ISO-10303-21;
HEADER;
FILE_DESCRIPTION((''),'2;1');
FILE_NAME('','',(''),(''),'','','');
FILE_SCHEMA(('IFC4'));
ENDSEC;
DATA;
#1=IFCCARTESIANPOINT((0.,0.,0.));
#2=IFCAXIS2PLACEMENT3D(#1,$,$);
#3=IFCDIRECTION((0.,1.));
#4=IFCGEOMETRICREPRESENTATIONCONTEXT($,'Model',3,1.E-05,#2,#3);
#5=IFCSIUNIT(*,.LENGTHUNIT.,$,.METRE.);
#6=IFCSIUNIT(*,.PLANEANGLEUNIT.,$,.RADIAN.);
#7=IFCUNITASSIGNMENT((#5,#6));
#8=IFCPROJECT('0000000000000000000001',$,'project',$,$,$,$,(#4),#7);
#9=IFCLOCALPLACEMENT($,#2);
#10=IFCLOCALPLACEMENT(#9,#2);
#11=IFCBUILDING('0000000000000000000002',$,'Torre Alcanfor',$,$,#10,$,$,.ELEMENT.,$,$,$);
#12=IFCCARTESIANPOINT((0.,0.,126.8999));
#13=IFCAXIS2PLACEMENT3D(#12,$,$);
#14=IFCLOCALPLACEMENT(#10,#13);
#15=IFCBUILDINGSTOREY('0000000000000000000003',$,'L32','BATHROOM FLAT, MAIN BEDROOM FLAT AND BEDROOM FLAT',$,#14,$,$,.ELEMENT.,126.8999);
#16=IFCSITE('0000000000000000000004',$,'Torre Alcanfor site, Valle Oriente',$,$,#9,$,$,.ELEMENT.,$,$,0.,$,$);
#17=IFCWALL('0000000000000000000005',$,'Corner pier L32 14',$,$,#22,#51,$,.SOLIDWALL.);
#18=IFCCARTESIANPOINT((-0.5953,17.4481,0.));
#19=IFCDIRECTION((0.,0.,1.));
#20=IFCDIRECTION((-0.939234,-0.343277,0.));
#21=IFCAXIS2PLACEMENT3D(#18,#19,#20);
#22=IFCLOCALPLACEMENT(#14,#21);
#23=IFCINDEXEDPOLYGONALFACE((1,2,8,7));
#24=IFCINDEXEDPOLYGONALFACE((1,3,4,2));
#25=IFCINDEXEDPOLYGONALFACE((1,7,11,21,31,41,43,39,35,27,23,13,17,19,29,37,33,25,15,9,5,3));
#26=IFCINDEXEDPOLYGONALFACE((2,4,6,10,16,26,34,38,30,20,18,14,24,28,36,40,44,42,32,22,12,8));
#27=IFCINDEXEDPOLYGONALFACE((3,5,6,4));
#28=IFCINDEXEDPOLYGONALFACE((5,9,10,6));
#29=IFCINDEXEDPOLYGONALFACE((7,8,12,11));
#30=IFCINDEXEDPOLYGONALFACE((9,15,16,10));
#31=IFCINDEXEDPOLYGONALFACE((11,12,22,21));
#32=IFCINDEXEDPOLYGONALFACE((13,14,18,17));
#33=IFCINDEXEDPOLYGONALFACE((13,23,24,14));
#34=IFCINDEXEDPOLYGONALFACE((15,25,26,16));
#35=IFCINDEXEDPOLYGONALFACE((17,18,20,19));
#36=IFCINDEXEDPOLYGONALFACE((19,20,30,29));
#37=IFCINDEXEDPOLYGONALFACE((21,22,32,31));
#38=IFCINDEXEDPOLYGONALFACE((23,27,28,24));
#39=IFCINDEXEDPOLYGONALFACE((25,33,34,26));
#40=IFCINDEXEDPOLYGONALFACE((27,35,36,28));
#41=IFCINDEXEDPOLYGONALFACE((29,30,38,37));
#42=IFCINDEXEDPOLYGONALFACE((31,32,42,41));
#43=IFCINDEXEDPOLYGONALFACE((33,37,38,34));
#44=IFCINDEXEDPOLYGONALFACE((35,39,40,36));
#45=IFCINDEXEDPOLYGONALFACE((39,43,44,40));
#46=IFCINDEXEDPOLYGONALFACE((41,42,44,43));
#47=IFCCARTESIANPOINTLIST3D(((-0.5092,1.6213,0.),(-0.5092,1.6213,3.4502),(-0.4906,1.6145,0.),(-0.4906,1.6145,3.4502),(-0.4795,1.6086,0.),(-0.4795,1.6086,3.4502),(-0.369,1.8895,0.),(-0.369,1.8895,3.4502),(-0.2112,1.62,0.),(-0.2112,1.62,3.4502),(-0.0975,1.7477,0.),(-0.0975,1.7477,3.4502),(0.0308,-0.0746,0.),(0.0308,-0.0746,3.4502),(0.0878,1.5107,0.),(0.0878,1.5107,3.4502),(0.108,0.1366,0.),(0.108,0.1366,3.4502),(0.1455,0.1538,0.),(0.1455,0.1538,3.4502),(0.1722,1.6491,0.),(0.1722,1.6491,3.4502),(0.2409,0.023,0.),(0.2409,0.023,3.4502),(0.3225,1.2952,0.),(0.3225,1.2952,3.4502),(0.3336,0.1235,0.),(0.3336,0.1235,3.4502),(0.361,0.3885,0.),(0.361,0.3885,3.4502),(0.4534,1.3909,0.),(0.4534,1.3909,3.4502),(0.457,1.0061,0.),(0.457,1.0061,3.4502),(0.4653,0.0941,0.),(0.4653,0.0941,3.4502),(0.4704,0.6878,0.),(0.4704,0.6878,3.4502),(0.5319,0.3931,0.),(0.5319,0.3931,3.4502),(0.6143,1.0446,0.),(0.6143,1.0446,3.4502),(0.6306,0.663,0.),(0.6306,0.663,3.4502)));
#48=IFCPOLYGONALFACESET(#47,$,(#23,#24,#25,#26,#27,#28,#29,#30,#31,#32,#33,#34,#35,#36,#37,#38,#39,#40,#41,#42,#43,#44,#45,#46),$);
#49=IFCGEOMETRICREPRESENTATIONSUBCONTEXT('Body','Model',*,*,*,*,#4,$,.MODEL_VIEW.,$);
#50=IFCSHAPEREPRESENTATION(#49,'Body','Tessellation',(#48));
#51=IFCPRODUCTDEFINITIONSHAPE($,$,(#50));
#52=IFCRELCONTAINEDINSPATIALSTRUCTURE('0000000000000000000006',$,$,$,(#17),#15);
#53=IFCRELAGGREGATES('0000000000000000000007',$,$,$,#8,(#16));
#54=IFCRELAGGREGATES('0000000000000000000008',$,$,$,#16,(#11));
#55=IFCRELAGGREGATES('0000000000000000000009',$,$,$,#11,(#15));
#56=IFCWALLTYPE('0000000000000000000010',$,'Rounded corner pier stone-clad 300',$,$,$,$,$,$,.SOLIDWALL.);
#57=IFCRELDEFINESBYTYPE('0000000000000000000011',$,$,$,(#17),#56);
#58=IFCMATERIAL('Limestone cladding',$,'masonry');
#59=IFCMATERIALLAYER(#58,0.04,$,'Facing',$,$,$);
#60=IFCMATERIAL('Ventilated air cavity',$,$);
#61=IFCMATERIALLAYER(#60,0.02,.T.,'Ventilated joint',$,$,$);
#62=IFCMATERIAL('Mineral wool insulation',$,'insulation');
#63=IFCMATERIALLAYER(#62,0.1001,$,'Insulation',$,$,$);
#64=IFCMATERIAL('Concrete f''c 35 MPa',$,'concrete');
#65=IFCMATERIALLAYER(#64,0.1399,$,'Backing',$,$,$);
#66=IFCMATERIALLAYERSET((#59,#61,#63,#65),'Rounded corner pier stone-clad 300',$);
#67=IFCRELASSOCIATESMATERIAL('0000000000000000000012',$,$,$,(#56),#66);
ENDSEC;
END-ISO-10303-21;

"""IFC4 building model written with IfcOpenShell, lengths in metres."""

from ifc_helpers import new_model, si_unit, direction, frame, origin, place, context, subcontext, project, spatial, polyline, outline, extrude, material, layer, layer_set, type_object, element, save


model = new_model("IFC4")

# Units and contexts
model_context = context("Model", 3, precision=1e-05, world=origin(), true_north=direction((0.0, 1.0)))
body_context = subcontext(model_context, "Body", "Model", "MODEL_VIEW")
ifc_project = project(units=[si_unit("LENGTHUNIT", "METRE"), si_unit("PLANEANGLEUNIT", "RADIAN")], contexts=[model_context])

# Site, building, storey
site_placement = place(None, origin())
site = spatial("IfcSite", under=ifc_project, at=site_placement, Name="Torre Alcanfor site, Valle Oriente", CompositionType="ELEMENT", RefElevation=0.0)
building_placement = place(site_placement, origin())
building = spatial("IfcBuilding", under=site, at=building_placement, Name="Torre Alcanfor", CompositionType="ELEMENT")
storey_placement = place(building_placement, frame((0.0, 0.0, 126.8999)))
storey = spatial("IfcBuildingStorey", under=building, at=storey_placement, Name="L32", Description="BATHROOM FLAT, MAIN BEDROOM FLAT AND BEDROOM FLAT", CompositionType="ELEMENT", Elevation=126.8999)

# Shared definitions
ifc_material_1 = material(Name="Limestone cladding", Category="masonry")
ifc_material_2 = material(Name="Ventilated air cavity")
ifc_material_3 = material(Name="Mineral wool insulation", Category="insulation")
ifc_material_4 = material(Name="Concrete f'c 35 MPa", Category="concrete")

# Wall
ifc_layer_1 = layer(ifc_material_1, 0.04, Name="Facing")
ifc_layer_2 = layer(ifc_material_2, 0.02, ventilated=True, Name="Ventilated joint")
ifc_layer_3 = layer(ifc_material_3, 0.1001, Name="Insulation")
ifc_layer_4 = layer(ifc_material_4, 0.1399, Name="Backing")
ifc_layer_set_1 = layer_set([ifc_layer_1, ifc_layer_2, ifc_layer_3, ifc_layer_4], Name="Rounded corner pier stone-clad 300")
wall_type_1 = type_object("IfcWallType", Name="Rounded corner pier stone-clad 300", PredefinedType="SOLIDWALL", material=ifc_layer_set_1)
wall_1_placement = place(storey_placement, frame((-0.5953, 17.4481, 0.0), z_axis=(0.0, 0.0, 1.0), x_axis=(-0.939234, -0.343277, 0.0)))
element("IfcWall", 1, at=wall_1_placement, inside=storey, type_object=wall_type_1, Name="Corner pier L32 14", PredefinedType="SOLIDWALL", context=body_context, shape_type="SweptSolid", body=[
    extrude(outline(polyline([(-0.369, 1.8895), (-0.5092, 1.6213), (-0.4906, 1.6145), (-0.4795, 1.6086), (-0.2112, 1.62), (0.0878, 1.5107), (0.3225, 1.2952), (0.457, 1.0061), (0.4704, 0.6878), (0.361, 0.3885), (0.1455, 0.1538), (0.108, 0.1366), (0.0308, -0.0746), (0.2409, 0.023), (0.3336, 0.1235), (0.4653, 0.0941), (0.5319, 0.3931), (0.6306, 0.663), (0.6143, 1.0446), (0.4534, 1.3909), (0.1722, 1.6491), (-0.0975, 1.7477), (-0.369, 1.8895)])), origin(), (0.0, 0.0, 1.0), 3.4502),
])

save(model, "model.ifc")
